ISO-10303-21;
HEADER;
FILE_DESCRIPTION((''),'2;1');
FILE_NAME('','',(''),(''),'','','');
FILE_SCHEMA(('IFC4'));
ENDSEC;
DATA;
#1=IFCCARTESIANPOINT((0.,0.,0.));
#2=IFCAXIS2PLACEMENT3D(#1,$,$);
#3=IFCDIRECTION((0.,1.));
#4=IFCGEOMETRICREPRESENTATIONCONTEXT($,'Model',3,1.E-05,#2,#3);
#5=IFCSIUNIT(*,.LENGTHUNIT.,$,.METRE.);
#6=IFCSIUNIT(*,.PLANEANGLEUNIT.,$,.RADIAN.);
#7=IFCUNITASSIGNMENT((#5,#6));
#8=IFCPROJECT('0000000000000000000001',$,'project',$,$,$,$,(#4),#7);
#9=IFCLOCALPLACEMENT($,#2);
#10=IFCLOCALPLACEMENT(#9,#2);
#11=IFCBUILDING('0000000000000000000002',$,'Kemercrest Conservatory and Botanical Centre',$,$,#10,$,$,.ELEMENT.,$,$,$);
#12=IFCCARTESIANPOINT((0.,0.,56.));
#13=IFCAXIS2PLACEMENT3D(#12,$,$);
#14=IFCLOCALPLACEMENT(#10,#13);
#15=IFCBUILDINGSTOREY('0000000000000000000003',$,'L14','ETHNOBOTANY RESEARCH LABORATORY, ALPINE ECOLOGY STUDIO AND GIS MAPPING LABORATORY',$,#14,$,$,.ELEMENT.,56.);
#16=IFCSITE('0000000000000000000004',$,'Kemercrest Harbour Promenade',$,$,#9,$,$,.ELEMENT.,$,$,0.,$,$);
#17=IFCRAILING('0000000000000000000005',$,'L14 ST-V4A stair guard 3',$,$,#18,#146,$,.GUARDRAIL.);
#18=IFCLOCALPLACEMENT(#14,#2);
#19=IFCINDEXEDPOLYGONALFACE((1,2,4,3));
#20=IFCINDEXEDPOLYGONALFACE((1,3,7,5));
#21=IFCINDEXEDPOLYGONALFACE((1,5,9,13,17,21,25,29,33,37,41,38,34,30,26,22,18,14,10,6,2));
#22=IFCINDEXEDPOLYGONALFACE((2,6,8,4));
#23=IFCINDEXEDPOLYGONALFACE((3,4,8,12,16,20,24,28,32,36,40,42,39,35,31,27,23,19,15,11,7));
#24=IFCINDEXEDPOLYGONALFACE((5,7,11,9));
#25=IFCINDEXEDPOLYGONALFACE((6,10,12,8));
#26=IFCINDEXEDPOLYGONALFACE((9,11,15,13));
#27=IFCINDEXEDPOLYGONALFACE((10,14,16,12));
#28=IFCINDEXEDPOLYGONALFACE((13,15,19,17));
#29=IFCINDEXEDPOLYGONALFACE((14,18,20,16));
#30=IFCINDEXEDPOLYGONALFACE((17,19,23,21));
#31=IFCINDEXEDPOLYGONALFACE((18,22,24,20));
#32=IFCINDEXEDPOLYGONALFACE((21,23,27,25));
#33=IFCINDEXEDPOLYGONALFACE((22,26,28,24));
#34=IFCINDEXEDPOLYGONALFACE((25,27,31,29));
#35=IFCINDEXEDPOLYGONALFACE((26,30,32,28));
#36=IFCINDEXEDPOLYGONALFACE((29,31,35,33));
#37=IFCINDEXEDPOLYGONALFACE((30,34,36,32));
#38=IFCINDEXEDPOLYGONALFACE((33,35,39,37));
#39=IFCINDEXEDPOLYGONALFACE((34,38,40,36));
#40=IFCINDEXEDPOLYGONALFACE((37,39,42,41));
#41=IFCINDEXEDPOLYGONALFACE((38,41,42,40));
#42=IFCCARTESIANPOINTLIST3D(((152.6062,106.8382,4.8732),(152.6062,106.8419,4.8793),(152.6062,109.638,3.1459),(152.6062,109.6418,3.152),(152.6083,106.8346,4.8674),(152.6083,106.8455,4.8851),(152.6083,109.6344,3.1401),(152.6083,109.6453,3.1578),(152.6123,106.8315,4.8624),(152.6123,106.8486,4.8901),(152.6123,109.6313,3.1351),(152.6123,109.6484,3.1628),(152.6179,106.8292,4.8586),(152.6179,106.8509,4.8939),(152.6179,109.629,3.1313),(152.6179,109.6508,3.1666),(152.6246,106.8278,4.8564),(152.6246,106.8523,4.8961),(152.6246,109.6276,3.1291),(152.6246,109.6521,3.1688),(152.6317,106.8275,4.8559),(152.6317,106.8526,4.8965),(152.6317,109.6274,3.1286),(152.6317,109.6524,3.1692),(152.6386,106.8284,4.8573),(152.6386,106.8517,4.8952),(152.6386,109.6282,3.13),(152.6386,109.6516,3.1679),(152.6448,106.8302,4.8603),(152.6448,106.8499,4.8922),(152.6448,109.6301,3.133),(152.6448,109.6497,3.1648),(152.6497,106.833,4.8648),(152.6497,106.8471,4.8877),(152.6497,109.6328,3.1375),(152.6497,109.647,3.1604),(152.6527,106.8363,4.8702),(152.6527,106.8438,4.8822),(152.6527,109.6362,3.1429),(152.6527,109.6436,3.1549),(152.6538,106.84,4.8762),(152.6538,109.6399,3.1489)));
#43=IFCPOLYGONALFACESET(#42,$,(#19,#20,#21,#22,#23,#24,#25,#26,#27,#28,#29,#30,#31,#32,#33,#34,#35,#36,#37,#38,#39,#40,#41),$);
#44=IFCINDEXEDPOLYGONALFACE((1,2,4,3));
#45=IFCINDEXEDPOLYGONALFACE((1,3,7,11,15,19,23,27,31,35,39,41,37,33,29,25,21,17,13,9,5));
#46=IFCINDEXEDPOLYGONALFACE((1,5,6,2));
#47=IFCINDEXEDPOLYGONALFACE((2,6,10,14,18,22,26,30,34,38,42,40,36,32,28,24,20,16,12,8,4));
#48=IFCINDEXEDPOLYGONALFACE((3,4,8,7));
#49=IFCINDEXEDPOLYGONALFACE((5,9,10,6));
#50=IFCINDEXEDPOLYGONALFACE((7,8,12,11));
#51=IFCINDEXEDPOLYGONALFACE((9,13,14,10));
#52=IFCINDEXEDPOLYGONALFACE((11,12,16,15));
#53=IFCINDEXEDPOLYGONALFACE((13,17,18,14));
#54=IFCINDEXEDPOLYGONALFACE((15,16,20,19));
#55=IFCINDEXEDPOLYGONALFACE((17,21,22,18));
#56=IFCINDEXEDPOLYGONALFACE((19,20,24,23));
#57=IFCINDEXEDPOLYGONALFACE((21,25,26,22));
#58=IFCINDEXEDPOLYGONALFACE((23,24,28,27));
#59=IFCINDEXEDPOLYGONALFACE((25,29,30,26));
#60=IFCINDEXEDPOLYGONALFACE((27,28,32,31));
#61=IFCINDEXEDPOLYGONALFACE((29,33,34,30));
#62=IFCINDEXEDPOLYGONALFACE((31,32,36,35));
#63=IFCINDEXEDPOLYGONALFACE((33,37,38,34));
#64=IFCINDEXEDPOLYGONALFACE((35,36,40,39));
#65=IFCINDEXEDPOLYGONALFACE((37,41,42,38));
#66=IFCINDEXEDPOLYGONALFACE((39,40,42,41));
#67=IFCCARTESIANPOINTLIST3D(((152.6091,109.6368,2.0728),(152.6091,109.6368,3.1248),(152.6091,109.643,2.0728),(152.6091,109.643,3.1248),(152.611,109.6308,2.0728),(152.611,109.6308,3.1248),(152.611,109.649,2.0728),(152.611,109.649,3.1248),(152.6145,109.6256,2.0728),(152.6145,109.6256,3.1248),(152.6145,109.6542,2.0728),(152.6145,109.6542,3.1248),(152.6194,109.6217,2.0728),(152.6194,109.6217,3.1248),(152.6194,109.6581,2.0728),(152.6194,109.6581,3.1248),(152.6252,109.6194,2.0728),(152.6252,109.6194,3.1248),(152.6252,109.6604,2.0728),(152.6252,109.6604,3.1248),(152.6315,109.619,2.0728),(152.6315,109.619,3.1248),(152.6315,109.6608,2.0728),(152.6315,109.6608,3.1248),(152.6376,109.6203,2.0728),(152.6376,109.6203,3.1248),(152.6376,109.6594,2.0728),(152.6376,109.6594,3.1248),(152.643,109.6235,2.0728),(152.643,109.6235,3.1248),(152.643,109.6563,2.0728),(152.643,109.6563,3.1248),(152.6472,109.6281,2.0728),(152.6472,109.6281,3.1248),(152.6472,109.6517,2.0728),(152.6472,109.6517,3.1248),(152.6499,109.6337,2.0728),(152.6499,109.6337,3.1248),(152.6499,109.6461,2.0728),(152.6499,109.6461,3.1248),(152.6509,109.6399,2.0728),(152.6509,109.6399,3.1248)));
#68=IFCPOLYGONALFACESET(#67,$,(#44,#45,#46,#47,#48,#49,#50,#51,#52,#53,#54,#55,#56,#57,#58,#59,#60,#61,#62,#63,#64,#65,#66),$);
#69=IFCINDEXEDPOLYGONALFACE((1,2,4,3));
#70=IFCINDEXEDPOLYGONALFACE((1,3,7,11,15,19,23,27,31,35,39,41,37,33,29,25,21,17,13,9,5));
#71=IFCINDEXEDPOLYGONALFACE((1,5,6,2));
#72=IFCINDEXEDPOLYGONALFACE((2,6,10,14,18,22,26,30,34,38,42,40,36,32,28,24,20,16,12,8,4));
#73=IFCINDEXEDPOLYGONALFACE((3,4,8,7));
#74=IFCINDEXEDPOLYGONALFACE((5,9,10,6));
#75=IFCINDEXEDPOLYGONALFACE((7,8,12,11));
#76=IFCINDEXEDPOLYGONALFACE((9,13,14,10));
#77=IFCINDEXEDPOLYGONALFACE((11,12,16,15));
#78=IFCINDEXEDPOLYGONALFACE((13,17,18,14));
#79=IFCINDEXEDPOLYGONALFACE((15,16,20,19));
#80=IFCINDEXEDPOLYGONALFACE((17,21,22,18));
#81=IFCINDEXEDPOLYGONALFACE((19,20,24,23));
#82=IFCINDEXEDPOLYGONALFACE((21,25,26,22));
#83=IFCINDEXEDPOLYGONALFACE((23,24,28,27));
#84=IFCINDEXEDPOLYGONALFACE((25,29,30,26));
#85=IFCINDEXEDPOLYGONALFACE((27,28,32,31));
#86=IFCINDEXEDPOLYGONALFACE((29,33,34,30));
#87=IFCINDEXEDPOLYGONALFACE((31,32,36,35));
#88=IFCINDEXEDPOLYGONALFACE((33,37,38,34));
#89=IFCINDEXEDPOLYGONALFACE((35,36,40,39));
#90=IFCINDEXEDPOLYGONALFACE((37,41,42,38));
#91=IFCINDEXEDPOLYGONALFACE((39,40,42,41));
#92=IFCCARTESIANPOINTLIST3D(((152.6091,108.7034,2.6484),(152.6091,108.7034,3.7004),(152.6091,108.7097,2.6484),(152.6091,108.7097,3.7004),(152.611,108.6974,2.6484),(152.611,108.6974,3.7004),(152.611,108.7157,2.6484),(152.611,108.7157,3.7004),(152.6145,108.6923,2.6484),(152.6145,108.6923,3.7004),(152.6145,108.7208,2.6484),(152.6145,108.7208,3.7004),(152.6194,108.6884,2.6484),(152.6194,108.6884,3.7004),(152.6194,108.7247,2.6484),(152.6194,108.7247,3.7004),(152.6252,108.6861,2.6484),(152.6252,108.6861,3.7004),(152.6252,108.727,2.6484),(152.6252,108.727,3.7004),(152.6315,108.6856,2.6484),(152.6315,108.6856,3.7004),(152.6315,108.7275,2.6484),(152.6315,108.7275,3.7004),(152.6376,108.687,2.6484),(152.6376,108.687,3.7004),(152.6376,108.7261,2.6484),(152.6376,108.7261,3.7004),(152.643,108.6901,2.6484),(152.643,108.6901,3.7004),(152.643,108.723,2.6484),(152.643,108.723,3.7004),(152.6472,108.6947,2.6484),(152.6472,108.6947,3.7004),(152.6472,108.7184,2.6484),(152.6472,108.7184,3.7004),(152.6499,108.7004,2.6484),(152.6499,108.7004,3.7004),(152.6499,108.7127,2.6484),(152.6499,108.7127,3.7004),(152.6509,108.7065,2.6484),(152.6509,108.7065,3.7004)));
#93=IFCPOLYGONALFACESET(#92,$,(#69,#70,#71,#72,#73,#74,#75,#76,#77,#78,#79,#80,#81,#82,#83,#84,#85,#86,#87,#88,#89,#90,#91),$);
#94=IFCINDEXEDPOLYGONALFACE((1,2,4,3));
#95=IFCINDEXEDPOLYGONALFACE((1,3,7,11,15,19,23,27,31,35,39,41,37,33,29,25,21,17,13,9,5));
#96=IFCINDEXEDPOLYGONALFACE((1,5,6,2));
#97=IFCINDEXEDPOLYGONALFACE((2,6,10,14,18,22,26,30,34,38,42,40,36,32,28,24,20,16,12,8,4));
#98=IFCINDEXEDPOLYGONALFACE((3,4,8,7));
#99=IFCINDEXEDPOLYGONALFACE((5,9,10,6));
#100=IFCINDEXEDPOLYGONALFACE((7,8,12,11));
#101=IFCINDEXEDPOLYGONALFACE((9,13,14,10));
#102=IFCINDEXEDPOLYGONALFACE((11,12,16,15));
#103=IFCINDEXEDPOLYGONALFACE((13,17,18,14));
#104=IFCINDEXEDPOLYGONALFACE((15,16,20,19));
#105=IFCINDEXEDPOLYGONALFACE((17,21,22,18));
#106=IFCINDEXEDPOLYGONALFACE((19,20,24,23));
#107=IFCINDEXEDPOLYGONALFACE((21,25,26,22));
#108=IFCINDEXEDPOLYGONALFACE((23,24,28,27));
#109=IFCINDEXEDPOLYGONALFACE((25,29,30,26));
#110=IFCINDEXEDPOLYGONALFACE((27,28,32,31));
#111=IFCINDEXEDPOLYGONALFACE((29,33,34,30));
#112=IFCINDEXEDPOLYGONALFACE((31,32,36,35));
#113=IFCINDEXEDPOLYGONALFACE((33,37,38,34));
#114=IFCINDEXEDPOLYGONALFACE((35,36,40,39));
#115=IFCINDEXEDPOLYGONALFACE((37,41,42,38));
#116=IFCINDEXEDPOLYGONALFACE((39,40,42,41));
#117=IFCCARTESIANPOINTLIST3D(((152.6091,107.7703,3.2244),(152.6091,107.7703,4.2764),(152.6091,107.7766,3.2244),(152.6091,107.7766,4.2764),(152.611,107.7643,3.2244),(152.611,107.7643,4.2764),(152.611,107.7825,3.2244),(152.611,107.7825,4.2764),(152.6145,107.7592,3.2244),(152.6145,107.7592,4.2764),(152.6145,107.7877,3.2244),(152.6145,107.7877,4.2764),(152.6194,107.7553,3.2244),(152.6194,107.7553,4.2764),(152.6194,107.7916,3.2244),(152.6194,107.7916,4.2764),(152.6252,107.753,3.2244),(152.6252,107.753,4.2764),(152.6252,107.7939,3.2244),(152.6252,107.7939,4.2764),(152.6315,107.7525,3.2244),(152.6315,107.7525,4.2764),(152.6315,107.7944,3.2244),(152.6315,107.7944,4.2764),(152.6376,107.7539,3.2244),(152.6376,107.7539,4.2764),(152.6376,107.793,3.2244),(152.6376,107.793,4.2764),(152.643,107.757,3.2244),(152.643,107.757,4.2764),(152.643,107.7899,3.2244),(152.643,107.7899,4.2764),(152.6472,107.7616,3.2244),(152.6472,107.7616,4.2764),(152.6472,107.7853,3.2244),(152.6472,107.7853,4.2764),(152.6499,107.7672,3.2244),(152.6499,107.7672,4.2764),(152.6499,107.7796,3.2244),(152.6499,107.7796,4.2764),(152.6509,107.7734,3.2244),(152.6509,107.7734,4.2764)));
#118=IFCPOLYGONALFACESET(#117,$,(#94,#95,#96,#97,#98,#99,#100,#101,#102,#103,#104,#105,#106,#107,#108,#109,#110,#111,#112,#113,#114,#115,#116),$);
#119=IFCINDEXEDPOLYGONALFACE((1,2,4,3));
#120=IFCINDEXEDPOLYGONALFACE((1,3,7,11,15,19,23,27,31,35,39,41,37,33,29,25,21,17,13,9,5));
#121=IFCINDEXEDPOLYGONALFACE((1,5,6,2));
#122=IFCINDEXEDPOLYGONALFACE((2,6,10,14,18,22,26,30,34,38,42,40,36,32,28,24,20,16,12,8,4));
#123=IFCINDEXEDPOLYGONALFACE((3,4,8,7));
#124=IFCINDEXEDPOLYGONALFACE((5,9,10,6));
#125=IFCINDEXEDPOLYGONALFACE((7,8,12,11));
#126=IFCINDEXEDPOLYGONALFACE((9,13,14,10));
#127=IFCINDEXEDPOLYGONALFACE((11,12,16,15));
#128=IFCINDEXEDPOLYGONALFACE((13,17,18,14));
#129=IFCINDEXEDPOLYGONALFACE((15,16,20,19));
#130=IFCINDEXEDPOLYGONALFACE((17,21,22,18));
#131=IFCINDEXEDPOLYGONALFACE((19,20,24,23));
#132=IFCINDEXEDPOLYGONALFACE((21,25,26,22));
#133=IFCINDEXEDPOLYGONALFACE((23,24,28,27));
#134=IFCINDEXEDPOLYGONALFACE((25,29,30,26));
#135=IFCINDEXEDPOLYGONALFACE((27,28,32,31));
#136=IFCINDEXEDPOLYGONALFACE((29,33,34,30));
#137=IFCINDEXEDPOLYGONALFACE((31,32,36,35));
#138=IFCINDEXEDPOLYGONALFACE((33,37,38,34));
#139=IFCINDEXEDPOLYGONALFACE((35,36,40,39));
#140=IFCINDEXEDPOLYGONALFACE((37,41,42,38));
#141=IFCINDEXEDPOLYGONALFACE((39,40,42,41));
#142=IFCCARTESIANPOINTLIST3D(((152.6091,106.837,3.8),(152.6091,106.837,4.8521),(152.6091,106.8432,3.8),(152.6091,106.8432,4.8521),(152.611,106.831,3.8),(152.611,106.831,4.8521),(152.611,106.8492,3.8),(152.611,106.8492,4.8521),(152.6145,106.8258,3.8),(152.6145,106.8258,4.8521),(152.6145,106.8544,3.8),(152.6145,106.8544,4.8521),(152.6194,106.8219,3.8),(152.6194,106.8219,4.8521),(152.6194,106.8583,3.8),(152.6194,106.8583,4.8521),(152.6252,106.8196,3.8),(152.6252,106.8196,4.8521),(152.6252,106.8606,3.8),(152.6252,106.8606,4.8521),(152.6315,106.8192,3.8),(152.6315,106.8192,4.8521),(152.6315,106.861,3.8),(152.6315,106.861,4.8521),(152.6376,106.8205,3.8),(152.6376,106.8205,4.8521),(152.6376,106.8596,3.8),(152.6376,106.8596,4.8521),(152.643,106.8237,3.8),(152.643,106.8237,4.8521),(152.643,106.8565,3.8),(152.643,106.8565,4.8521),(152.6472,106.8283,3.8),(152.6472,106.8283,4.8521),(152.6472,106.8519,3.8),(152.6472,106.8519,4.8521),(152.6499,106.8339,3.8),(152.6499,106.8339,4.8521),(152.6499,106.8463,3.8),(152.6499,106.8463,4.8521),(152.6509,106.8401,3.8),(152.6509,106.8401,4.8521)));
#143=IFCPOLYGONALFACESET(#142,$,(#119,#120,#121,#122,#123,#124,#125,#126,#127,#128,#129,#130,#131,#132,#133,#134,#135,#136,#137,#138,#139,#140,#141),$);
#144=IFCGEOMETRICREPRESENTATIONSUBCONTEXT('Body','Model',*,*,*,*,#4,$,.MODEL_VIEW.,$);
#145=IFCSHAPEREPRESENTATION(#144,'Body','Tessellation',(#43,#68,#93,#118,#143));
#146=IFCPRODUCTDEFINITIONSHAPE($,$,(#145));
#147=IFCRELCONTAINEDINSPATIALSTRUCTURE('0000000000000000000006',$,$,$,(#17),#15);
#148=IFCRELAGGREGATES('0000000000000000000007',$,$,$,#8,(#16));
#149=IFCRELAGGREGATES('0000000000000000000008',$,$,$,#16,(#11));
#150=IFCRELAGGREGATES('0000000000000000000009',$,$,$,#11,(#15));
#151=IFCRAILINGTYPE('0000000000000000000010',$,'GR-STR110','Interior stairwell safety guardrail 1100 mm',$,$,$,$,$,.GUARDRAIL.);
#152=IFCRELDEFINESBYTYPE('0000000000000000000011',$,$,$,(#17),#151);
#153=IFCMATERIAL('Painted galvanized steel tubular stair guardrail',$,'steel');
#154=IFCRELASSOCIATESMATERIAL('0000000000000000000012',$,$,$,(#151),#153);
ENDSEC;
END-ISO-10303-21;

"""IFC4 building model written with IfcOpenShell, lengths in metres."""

from ifc_helpers import new_model, si_unit, direction, frame, origin, origin_2d, place, context, subcontext, project, spatial, circle, extrude, material, type_object, element, save


model = new_model("IFC4")

# Units and contexts
model_context = context("Model", 3, precision=1e-05, world=origin(), true_north=direction((0.0, 1.0)))
body_context = subcontext(model_context, "Body", "Model", "MODEL_VIEW")
ifc_project = project(units=[si_unit("LENGTHUNIT", "METRE"), si_unit("PLANEANGLEUNIT", "RADIAN")], contexts=[model_context])

# Site, building, storey
site_placement = place(None, origin())
site = spatial("IfcSite", under=ifc_project, at=site_placement, Name="Kemercrest Harbour Promenade", CompositionType="ELEMENT", RefElevation=0.0)
building_placement = place(site_placement, origin())
building = spatial("IfcBuilding", under=site, at=building_placement, Name="Kemercrest Conservatory and Botanical Centre", CompositionType="ELEMENT")
storey_placement = place(building_placement, frame((0.0, 0.0, 56.0)))
storey = spatial("IfcBuildingStorey", under=building, at=storey_placement, Name="L14", Description="ETHNOBOTANY RESEARCH LABORATORY, ALPINE ECOLOGY STUDIO AND GIS MAPPING LABORATORY", CompositionType="ELEMENT", Elevation=56.0)

# Railing
ifc_material_1 = material(Name="Painted galvanized steel tubular stair guardrail", Category="steel")
railing_type_1 = type_object("IfcRailingType", Name="GR-STR110", Description="Interior stairwell safety guardrail 1100 mm", PredefinedType="GUARDRAIL", material=ifc_material_1)
railing_1_placement = place(storey_placement, frame((152.6299, 109.6399, 2.0728)))
element("IfcRailing", 1, at=railing_1_placement, inside=storey, type_object=railing_type_1, Name="L14 ST-V4A stair guard 3", PredefinedType="GUARDRAIL", context=body_context, shape_type="SweptSolid", body=[
    extrude(circle(Radius=0.0239, at=origin_2d()), frame((0.0, 0.0, 1.0762), z_axis=(0.0, -0.851069, 0.525054), x_axis=(1.0, 0.0, 0.0)), (0.0, 0.0, 1.0), 3.2898),
    extrude(circle(Radius=0.021, at=origin_2d()), origin(), (0.0, 0.0, 1.0), 1.052),
    extrude(circle(Radius=0.021, at=origin_2d()), frame((0.0, -0.9333, 0.5757)), (0.0, 0.0, 1.0), 1.052),
    extrude(circle(Radius=0.021, at=origin_2d()), frame((0.0, -1.8665, 1.1516)), (0.0, 0.0, 1.0), 1.052),
    extrude(circle(Radius=0.021, at=origin_2d()), frame((0.0, -2.7998, 1.7273)), (0.0, 0.0, 1.0), 1.052),
])

save(model, "model.ifc")
